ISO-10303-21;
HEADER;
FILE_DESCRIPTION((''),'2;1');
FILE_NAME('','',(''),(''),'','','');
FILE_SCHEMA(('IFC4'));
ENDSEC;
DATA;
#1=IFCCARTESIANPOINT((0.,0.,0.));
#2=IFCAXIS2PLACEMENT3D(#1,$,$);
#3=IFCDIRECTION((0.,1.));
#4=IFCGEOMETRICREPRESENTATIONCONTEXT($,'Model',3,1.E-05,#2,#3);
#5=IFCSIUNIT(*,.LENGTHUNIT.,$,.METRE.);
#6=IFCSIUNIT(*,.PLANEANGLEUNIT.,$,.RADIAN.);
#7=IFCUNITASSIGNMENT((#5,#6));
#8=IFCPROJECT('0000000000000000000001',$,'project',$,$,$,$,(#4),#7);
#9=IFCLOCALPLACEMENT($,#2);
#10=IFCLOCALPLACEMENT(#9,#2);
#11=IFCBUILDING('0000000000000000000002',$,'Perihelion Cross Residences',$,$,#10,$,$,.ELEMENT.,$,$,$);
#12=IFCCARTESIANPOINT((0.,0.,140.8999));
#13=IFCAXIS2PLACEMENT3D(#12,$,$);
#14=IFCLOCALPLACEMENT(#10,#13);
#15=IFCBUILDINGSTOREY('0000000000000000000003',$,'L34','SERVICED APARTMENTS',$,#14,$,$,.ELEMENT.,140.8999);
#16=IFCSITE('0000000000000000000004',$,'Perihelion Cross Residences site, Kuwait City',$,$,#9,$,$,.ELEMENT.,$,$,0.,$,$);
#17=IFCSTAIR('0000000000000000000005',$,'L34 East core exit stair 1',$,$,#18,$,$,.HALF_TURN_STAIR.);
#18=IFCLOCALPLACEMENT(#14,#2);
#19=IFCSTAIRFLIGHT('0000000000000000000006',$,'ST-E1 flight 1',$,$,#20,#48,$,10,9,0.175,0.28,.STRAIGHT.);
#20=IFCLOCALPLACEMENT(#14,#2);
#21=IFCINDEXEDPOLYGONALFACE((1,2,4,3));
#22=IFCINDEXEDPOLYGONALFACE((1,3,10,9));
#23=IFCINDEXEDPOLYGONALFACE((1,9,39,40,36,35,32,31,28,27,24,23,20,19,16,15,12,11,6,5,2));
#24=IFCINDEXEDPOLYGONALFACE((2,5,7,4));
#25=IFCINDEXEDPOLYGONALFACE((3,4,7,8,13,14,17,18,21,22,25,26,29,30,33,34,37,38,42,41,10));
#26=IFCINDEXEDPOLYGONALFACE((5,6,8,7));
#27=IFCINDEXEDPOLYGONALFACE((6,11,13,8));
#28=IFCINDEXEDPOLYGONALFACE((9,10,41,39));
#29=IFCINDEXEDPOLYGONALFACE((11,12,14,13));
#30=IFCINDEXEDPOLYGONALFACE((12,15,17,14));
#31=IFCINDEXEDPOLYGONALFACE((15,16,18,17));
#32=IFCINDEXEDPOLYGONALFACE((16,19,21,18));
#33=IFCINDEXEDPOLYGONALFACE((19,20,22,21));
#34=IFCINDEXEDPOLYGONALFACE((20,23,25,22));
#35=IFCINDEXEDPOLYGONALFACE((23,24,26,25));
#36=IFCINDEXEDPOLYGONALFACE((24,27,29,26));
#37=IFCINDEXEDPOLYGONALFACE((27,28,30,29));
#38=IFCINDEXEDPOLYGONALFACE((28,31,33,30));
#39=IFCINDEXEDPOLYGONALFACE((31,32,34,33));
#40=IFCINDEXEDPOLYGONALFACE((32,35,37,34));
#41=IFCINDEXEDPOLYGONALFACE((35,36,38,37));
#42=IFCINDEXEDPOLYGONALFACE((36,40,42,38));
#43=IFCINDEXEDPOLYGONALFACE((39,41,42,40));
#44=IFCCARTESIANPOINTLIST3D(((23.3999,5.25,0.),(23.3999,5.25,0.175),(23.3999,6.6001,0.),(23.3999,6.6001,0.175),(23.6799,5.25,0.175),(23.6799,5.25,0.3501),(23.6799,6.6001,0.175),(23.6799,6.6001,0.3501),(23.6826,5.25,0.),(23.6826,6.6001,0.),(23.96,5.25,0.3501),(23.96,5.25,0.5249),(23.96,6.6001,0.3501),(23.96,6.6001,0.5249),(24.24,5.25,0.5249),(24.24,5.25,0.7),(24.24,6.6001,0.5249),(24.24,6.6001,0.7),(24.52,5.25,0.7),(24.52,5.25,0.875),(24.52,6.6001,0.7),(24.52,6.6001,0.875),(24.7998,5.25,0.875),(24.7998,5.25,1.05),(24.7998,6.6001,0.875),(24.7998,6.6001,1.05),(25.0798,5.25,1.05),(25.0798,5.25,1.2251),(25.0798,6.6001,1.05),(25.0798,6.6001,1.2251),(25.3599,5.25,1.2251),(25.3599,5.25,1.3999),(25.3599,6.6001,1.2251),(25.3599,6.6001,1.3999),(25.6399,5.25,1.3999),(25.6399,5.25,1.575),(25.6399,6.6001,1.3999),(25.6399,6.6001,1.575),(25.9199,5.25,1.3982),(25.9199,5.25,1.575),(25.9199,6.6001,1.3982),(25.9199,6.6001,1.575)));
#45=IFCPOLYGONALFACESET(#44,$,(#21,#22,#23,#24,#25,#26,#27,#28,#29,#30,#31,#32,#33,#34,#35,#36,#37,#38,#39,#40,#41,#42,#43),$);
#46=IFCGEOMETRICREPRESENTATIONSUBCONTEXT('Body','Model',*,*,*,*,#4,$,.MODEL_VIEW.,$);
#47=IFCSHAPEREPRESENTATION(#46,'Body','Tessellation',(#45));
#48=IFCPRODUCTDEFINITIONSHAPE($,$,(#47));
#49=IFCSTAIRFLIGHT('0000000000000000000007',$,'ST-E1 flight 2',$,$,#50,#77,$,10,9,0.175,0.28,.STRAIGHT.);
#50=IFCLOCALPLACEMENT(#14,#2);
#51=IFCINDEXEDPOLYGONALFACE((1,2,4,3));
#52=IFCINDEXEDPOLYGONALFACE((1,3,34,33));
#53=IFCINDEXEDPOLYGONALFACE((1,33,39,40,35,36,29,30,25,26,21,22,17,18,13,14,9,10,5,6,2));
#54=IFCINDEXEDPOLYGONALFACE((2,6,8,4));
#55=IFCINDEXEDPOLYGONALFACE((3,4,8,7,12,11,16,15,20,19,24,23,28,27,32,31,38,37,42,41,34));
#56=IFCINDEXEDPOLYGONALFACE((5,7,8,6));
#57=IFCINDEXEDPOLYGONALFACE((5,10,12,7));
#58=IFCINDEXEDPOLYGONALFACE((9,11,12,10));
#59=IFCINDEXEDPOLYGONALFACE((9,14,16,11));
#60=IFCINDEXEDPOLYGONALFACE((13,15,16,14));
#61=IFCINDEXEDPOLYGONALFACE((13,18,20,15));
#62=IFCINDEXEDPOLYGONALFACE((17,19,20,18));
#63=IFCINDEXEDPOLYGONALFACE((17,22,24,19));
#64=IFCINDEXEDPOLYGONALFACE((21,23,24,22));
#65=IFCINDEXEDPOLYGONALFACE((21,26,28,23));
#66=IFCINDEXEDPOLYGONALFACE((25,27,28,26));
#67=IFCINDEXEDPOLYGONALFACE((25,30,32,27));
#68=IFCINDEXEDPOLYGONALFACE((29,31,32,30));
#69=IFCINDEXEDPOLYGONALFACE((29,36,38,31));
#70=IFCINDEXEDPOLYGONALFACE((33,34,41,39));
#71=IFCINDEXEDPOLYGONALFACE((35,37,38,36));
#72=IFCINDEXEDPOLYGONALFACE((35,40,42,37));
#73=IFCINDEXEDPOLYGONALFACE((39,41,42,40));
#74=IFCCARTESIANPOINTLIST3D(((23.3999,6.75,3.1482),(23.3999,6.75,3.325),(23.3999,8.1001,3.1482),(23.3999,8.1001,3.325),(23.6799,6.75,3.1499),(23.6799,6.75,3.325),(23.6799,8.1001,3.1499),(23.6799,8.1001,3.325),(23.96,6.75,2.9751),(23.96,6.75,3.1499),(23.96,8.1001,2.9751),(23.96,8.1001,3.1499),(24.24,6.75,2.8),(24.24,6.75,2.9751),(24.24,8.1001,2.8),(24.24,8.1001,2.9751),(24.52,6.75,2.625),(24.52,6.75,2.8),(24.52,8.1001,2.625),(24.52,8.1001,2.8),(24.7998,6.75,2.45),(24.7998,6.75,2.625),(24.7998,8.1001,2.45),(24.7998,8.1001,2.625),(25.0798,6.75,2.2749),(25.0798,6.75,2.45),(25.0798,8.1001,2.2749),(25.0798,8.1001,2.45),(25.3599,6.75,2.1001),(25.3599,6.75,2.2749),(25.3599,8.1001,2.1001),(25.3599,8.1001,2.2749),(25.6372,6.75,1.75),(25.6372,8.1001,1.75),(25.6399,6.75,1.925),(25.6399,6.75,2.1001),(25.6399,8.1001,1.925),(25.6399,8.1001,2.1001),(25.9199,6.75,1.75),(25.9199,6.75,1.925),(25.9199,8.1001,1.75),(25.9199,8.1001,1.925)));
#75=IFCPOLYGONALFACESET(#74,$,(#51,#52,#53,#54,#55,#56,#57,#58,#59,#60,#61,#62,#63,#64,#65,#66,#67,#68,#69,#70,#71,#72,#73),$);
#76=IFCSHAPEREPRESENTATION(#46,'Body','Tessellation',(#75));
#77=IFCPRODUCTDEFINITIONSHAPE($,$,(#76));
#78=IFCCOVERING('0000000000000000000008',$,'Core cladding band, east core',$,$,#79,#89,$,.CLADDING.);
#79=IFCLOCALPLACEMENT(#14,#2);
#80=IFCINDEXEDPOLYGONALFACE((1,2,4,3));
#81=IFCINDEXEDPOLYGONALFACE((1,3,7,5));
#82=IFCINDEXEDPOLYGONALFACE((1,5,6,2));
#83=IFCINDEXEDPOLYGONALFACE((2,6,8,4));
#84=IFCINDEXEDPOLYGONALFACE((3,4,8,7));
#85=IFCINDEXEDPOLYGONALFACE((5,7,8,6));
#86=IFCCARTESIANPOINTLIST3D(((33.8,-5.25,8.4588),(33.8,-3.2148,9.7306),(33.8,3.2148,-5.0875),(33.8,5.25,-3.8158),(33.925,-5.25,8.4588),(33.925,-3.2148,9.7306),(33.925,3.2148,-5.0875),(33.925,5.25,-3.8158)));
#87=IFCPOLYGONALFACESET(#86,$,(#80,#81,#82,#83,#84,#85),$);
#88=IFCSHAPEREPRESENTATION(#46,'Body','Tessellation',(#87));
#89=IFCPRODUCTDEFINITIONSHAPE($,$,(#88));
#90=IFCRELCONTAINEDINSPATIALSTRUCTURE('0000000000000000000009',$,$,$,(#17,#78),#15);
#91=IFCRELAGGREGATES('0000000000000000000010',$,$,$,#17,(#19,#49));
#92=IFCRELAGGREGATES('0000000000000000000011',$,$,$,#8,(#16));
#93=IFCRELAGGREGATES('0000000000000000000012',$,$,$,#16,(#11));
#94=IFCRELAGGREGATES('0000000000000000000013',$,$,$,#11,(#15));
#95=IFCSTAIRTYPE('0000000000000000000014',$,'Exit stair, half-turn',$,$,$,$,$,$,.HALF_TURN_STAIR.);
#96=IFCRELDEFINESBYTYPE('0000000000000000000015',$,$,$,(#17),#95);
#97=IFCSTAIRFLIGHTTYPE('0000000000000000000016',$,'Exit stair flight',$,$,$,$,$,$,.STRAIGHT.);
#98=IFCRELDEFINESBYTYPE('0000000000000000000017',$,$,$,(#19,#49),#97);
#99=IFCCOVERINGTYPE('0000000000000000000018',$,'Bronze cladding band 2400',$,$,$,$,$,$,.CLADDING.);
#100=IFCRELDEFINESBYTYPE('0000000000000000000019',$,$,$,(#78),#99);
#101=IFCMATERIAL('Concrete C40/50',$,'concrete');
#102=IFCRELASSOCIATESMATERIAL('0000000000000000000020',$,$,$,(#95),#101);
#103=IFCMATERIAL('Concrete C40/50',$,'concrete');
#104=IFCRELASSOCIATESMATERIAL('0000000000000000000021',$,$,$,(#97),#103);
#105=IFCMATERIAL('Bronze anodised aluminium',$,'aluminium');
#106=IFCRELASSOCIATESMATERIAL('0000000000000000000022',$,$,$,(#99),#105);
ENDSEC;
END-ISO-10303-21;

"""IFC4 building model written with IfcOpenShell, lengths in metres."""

from ifc_helpers import new_model, si_unit, direction, frame, origin, origin_2d, place, context, subcontext, project, spatial, polyline, rectangle, outline, extrude, material, material_profile, profile_set, type_object, element, aggregate, save


model = new_model("IFC4")

# Units and contexts
model_context = context("Model", 3, precision=1e-05, world=origin(), true_north=direction((0.0, 1.0)))
body_context = subcontext(model_context, "Body", "Model", "MODEL_VIEW")
ifc_project = project(units=[si_unit("LENGTHUNIT", "METRE"), si_unit("PLANEANGLEUNIT", "RADIAN")], contexts=[model_context])

# Site, building, storey
site_placement = place(None, origin())
site = spatial("IfcSite", under=ifc_project, at=site_placement, Name="Perihelion Cross Residences site, Kuwait City", CompositionType="ELEMENT", RefElevation=0.0)
building_placement = place(site_placement, origin())
building = spatial("IfcBuilding", under=site, at=building_placement, Name="Perihelion Cross Residences", CompositionType="ELEMENT")
storey_placement = place(building_placement, frame((0.0, 0.0, 140.8999)))
storey = spatial("IfcBuildingStorey", under=building, at=storey_placement, Name="L34", Description="SERVICED APARTMENTS", CompositionType="ELEMENT", Elevation=140.8999)

# Stair, stair flights
ifc_material_1 = material(Name="Concrete C40/50", Category="concrete")
stair_type = type_object("IfcStairType", Name="Exit stair, half-turn", PredefinedType="HALF_TURN_STAIR", material=ifc_material_1)
stair_placement = place(storey_placement, origin())
stair = element("IfcStair", 1, at=stair_placement, inside=storey, type_object=stair_type, Name="L34 East core exit stair 1", PredefinedType="HALF_TURN_STAIR")
ifc_material_2 = material(Name="Concrete C40/50", Category="concrete")
stair_flight_type = type_object("IfcStairFlightType", Name="Exit stair flight", PredefinedType="STRAIGHT", material=ifc_material_2)
stair_flight_1_placement = place(storey_placement, frame((23.3999, 5.925, 0.0), z_axis=(0.0, 0.0, 1.0), x_axis=(1.0, 0.0, 0.0)))
stair_flight_1 = element("IfcStairFlight", 2, at=stair_flight_1_placement, type_object=stair_flight_type, Name="ST-E1 flight 1", NumberOfRisers=10, NumberOfTreads=9, PredefinedType="STRAIGHT", RiserHeight=0.175, TreadLength=0.28, context=body_context, shape_type="SweptSolid", body=[
    extrude(outline(polyline([(0.0, 0.0), (0.0, 0.175), (0.28, 0.175), (0.28, 0.3501), (0.5601, 0.3501), (0.5601, 0.5249), (0.8401, 0.5249), (0.8401, 0.7), (1.1201, 0.7), (1.1201, 0.875), (1.3999, 0.875), (1.3999, 1.05), (1.6799, 1.05), (1.6799, 1.2251), (1.96, 1.2251), (1.96, 1.3999), (2.24, 1.3999), (2.24, 1.575), (2.52, 1.575), (2.52, 1.75), (2.52, 1.3982), (0.2827, 0.0), (0.0, 0.0)])), frame((0.0, 0.675, 0.0), z_axis=(0.0, -1.0, 0.0), x_axis=(1.0, 0.0, 0.0)), (0.0, 0.0, 1.0), 1.3501),
])
stair_flight_2_placement = place(storey_placement, frame((25.9199, 7.425, 1.75), z_axis=(0.0, 0.0, 1.0), x_axis=(-1.0, 0.0, 0.0)))
stair_flight_2 = element("IfcStairFlight", 3, at=stair_flight_2_placement, type_object=stair_flight_type, Name="ST-E1 flight 2", NumberOfRisers=10, NumberOfTreads=9, PredefinedType="STRAIGHT", RiserHeight=0.175, TreadLength=0.28, context=body_context, shape_type="SweptSolid", body=[
    extrude(outline(polyline([(0.0, 0.0), (0.0, 0.175), (0.28, 0.175), (0.28, 0.3501), (0.5601, 0.3501), (0.5601, 0.5249), (0.8401, 0.5249), (0.8401, 0.7), (1.1201, 0.7), (1.1201, 0.875), (1.3999, 0.875), (1.3999, 1.05), (1.6799, 1.05), (1.6799, 1.2251), (1.96, 1.2251), (1.96, 1.3999), (2.24, 1.3999), (2.24, 1.575), (2.52, 1.575), (2.52, 1.75), (2.52, 1.3982), (0.2827, 0.0), (0.0, 0.0)])), frame((0.0, 0.675, 0.0), z_axis=(0.0, -1.0, 0.0), x_axis=(1.0, 0.0, 0.0)), (0.0, 0.0, 1.0), 1.3501),
])
aggregate(stair, [stair_flight_1, stair_flight_2])

# Covering
ifc_material_3 = material(Name="Bronze anodised aluminium", Category="aluminium")
ifc_material_profile = material_profile(ifc_material_3, rectangle(XDim=0.125, YDim=2.3999, at=origin_2d()), Name="Bronze cladding band 2400")
ifc_profile_set = profile_set([ifc_material_profile], Name="Bronze anodised aluminium")
covering_type = type_object("IfcCoveringType", Name="Bronze cladding band 2400", PredefinedType="CLADDING", material=ifc_profile_set)
covering_placement = place(storey_placement, frame((33.8625, 4.2324, -4.4517), z_axis=(0.0, -0.529925, 0.848045), x_axis=(1.0, 0.0, 0.0)))
element("IfcCovering", 4, at=covering_placement, inside=storey, type_object=covering_type, Name="Core cladding band, east core", PredefinedType="CLADDING", context=body_context, shape_type="SweptSolid", body=[
    extrude(rectangle(XDim=0.125, YDim=2.3999, at=origin_2d()), origin(), (0.0, 0.0, 1.0), 15.9736),
])

save(model, "model.ifc")
